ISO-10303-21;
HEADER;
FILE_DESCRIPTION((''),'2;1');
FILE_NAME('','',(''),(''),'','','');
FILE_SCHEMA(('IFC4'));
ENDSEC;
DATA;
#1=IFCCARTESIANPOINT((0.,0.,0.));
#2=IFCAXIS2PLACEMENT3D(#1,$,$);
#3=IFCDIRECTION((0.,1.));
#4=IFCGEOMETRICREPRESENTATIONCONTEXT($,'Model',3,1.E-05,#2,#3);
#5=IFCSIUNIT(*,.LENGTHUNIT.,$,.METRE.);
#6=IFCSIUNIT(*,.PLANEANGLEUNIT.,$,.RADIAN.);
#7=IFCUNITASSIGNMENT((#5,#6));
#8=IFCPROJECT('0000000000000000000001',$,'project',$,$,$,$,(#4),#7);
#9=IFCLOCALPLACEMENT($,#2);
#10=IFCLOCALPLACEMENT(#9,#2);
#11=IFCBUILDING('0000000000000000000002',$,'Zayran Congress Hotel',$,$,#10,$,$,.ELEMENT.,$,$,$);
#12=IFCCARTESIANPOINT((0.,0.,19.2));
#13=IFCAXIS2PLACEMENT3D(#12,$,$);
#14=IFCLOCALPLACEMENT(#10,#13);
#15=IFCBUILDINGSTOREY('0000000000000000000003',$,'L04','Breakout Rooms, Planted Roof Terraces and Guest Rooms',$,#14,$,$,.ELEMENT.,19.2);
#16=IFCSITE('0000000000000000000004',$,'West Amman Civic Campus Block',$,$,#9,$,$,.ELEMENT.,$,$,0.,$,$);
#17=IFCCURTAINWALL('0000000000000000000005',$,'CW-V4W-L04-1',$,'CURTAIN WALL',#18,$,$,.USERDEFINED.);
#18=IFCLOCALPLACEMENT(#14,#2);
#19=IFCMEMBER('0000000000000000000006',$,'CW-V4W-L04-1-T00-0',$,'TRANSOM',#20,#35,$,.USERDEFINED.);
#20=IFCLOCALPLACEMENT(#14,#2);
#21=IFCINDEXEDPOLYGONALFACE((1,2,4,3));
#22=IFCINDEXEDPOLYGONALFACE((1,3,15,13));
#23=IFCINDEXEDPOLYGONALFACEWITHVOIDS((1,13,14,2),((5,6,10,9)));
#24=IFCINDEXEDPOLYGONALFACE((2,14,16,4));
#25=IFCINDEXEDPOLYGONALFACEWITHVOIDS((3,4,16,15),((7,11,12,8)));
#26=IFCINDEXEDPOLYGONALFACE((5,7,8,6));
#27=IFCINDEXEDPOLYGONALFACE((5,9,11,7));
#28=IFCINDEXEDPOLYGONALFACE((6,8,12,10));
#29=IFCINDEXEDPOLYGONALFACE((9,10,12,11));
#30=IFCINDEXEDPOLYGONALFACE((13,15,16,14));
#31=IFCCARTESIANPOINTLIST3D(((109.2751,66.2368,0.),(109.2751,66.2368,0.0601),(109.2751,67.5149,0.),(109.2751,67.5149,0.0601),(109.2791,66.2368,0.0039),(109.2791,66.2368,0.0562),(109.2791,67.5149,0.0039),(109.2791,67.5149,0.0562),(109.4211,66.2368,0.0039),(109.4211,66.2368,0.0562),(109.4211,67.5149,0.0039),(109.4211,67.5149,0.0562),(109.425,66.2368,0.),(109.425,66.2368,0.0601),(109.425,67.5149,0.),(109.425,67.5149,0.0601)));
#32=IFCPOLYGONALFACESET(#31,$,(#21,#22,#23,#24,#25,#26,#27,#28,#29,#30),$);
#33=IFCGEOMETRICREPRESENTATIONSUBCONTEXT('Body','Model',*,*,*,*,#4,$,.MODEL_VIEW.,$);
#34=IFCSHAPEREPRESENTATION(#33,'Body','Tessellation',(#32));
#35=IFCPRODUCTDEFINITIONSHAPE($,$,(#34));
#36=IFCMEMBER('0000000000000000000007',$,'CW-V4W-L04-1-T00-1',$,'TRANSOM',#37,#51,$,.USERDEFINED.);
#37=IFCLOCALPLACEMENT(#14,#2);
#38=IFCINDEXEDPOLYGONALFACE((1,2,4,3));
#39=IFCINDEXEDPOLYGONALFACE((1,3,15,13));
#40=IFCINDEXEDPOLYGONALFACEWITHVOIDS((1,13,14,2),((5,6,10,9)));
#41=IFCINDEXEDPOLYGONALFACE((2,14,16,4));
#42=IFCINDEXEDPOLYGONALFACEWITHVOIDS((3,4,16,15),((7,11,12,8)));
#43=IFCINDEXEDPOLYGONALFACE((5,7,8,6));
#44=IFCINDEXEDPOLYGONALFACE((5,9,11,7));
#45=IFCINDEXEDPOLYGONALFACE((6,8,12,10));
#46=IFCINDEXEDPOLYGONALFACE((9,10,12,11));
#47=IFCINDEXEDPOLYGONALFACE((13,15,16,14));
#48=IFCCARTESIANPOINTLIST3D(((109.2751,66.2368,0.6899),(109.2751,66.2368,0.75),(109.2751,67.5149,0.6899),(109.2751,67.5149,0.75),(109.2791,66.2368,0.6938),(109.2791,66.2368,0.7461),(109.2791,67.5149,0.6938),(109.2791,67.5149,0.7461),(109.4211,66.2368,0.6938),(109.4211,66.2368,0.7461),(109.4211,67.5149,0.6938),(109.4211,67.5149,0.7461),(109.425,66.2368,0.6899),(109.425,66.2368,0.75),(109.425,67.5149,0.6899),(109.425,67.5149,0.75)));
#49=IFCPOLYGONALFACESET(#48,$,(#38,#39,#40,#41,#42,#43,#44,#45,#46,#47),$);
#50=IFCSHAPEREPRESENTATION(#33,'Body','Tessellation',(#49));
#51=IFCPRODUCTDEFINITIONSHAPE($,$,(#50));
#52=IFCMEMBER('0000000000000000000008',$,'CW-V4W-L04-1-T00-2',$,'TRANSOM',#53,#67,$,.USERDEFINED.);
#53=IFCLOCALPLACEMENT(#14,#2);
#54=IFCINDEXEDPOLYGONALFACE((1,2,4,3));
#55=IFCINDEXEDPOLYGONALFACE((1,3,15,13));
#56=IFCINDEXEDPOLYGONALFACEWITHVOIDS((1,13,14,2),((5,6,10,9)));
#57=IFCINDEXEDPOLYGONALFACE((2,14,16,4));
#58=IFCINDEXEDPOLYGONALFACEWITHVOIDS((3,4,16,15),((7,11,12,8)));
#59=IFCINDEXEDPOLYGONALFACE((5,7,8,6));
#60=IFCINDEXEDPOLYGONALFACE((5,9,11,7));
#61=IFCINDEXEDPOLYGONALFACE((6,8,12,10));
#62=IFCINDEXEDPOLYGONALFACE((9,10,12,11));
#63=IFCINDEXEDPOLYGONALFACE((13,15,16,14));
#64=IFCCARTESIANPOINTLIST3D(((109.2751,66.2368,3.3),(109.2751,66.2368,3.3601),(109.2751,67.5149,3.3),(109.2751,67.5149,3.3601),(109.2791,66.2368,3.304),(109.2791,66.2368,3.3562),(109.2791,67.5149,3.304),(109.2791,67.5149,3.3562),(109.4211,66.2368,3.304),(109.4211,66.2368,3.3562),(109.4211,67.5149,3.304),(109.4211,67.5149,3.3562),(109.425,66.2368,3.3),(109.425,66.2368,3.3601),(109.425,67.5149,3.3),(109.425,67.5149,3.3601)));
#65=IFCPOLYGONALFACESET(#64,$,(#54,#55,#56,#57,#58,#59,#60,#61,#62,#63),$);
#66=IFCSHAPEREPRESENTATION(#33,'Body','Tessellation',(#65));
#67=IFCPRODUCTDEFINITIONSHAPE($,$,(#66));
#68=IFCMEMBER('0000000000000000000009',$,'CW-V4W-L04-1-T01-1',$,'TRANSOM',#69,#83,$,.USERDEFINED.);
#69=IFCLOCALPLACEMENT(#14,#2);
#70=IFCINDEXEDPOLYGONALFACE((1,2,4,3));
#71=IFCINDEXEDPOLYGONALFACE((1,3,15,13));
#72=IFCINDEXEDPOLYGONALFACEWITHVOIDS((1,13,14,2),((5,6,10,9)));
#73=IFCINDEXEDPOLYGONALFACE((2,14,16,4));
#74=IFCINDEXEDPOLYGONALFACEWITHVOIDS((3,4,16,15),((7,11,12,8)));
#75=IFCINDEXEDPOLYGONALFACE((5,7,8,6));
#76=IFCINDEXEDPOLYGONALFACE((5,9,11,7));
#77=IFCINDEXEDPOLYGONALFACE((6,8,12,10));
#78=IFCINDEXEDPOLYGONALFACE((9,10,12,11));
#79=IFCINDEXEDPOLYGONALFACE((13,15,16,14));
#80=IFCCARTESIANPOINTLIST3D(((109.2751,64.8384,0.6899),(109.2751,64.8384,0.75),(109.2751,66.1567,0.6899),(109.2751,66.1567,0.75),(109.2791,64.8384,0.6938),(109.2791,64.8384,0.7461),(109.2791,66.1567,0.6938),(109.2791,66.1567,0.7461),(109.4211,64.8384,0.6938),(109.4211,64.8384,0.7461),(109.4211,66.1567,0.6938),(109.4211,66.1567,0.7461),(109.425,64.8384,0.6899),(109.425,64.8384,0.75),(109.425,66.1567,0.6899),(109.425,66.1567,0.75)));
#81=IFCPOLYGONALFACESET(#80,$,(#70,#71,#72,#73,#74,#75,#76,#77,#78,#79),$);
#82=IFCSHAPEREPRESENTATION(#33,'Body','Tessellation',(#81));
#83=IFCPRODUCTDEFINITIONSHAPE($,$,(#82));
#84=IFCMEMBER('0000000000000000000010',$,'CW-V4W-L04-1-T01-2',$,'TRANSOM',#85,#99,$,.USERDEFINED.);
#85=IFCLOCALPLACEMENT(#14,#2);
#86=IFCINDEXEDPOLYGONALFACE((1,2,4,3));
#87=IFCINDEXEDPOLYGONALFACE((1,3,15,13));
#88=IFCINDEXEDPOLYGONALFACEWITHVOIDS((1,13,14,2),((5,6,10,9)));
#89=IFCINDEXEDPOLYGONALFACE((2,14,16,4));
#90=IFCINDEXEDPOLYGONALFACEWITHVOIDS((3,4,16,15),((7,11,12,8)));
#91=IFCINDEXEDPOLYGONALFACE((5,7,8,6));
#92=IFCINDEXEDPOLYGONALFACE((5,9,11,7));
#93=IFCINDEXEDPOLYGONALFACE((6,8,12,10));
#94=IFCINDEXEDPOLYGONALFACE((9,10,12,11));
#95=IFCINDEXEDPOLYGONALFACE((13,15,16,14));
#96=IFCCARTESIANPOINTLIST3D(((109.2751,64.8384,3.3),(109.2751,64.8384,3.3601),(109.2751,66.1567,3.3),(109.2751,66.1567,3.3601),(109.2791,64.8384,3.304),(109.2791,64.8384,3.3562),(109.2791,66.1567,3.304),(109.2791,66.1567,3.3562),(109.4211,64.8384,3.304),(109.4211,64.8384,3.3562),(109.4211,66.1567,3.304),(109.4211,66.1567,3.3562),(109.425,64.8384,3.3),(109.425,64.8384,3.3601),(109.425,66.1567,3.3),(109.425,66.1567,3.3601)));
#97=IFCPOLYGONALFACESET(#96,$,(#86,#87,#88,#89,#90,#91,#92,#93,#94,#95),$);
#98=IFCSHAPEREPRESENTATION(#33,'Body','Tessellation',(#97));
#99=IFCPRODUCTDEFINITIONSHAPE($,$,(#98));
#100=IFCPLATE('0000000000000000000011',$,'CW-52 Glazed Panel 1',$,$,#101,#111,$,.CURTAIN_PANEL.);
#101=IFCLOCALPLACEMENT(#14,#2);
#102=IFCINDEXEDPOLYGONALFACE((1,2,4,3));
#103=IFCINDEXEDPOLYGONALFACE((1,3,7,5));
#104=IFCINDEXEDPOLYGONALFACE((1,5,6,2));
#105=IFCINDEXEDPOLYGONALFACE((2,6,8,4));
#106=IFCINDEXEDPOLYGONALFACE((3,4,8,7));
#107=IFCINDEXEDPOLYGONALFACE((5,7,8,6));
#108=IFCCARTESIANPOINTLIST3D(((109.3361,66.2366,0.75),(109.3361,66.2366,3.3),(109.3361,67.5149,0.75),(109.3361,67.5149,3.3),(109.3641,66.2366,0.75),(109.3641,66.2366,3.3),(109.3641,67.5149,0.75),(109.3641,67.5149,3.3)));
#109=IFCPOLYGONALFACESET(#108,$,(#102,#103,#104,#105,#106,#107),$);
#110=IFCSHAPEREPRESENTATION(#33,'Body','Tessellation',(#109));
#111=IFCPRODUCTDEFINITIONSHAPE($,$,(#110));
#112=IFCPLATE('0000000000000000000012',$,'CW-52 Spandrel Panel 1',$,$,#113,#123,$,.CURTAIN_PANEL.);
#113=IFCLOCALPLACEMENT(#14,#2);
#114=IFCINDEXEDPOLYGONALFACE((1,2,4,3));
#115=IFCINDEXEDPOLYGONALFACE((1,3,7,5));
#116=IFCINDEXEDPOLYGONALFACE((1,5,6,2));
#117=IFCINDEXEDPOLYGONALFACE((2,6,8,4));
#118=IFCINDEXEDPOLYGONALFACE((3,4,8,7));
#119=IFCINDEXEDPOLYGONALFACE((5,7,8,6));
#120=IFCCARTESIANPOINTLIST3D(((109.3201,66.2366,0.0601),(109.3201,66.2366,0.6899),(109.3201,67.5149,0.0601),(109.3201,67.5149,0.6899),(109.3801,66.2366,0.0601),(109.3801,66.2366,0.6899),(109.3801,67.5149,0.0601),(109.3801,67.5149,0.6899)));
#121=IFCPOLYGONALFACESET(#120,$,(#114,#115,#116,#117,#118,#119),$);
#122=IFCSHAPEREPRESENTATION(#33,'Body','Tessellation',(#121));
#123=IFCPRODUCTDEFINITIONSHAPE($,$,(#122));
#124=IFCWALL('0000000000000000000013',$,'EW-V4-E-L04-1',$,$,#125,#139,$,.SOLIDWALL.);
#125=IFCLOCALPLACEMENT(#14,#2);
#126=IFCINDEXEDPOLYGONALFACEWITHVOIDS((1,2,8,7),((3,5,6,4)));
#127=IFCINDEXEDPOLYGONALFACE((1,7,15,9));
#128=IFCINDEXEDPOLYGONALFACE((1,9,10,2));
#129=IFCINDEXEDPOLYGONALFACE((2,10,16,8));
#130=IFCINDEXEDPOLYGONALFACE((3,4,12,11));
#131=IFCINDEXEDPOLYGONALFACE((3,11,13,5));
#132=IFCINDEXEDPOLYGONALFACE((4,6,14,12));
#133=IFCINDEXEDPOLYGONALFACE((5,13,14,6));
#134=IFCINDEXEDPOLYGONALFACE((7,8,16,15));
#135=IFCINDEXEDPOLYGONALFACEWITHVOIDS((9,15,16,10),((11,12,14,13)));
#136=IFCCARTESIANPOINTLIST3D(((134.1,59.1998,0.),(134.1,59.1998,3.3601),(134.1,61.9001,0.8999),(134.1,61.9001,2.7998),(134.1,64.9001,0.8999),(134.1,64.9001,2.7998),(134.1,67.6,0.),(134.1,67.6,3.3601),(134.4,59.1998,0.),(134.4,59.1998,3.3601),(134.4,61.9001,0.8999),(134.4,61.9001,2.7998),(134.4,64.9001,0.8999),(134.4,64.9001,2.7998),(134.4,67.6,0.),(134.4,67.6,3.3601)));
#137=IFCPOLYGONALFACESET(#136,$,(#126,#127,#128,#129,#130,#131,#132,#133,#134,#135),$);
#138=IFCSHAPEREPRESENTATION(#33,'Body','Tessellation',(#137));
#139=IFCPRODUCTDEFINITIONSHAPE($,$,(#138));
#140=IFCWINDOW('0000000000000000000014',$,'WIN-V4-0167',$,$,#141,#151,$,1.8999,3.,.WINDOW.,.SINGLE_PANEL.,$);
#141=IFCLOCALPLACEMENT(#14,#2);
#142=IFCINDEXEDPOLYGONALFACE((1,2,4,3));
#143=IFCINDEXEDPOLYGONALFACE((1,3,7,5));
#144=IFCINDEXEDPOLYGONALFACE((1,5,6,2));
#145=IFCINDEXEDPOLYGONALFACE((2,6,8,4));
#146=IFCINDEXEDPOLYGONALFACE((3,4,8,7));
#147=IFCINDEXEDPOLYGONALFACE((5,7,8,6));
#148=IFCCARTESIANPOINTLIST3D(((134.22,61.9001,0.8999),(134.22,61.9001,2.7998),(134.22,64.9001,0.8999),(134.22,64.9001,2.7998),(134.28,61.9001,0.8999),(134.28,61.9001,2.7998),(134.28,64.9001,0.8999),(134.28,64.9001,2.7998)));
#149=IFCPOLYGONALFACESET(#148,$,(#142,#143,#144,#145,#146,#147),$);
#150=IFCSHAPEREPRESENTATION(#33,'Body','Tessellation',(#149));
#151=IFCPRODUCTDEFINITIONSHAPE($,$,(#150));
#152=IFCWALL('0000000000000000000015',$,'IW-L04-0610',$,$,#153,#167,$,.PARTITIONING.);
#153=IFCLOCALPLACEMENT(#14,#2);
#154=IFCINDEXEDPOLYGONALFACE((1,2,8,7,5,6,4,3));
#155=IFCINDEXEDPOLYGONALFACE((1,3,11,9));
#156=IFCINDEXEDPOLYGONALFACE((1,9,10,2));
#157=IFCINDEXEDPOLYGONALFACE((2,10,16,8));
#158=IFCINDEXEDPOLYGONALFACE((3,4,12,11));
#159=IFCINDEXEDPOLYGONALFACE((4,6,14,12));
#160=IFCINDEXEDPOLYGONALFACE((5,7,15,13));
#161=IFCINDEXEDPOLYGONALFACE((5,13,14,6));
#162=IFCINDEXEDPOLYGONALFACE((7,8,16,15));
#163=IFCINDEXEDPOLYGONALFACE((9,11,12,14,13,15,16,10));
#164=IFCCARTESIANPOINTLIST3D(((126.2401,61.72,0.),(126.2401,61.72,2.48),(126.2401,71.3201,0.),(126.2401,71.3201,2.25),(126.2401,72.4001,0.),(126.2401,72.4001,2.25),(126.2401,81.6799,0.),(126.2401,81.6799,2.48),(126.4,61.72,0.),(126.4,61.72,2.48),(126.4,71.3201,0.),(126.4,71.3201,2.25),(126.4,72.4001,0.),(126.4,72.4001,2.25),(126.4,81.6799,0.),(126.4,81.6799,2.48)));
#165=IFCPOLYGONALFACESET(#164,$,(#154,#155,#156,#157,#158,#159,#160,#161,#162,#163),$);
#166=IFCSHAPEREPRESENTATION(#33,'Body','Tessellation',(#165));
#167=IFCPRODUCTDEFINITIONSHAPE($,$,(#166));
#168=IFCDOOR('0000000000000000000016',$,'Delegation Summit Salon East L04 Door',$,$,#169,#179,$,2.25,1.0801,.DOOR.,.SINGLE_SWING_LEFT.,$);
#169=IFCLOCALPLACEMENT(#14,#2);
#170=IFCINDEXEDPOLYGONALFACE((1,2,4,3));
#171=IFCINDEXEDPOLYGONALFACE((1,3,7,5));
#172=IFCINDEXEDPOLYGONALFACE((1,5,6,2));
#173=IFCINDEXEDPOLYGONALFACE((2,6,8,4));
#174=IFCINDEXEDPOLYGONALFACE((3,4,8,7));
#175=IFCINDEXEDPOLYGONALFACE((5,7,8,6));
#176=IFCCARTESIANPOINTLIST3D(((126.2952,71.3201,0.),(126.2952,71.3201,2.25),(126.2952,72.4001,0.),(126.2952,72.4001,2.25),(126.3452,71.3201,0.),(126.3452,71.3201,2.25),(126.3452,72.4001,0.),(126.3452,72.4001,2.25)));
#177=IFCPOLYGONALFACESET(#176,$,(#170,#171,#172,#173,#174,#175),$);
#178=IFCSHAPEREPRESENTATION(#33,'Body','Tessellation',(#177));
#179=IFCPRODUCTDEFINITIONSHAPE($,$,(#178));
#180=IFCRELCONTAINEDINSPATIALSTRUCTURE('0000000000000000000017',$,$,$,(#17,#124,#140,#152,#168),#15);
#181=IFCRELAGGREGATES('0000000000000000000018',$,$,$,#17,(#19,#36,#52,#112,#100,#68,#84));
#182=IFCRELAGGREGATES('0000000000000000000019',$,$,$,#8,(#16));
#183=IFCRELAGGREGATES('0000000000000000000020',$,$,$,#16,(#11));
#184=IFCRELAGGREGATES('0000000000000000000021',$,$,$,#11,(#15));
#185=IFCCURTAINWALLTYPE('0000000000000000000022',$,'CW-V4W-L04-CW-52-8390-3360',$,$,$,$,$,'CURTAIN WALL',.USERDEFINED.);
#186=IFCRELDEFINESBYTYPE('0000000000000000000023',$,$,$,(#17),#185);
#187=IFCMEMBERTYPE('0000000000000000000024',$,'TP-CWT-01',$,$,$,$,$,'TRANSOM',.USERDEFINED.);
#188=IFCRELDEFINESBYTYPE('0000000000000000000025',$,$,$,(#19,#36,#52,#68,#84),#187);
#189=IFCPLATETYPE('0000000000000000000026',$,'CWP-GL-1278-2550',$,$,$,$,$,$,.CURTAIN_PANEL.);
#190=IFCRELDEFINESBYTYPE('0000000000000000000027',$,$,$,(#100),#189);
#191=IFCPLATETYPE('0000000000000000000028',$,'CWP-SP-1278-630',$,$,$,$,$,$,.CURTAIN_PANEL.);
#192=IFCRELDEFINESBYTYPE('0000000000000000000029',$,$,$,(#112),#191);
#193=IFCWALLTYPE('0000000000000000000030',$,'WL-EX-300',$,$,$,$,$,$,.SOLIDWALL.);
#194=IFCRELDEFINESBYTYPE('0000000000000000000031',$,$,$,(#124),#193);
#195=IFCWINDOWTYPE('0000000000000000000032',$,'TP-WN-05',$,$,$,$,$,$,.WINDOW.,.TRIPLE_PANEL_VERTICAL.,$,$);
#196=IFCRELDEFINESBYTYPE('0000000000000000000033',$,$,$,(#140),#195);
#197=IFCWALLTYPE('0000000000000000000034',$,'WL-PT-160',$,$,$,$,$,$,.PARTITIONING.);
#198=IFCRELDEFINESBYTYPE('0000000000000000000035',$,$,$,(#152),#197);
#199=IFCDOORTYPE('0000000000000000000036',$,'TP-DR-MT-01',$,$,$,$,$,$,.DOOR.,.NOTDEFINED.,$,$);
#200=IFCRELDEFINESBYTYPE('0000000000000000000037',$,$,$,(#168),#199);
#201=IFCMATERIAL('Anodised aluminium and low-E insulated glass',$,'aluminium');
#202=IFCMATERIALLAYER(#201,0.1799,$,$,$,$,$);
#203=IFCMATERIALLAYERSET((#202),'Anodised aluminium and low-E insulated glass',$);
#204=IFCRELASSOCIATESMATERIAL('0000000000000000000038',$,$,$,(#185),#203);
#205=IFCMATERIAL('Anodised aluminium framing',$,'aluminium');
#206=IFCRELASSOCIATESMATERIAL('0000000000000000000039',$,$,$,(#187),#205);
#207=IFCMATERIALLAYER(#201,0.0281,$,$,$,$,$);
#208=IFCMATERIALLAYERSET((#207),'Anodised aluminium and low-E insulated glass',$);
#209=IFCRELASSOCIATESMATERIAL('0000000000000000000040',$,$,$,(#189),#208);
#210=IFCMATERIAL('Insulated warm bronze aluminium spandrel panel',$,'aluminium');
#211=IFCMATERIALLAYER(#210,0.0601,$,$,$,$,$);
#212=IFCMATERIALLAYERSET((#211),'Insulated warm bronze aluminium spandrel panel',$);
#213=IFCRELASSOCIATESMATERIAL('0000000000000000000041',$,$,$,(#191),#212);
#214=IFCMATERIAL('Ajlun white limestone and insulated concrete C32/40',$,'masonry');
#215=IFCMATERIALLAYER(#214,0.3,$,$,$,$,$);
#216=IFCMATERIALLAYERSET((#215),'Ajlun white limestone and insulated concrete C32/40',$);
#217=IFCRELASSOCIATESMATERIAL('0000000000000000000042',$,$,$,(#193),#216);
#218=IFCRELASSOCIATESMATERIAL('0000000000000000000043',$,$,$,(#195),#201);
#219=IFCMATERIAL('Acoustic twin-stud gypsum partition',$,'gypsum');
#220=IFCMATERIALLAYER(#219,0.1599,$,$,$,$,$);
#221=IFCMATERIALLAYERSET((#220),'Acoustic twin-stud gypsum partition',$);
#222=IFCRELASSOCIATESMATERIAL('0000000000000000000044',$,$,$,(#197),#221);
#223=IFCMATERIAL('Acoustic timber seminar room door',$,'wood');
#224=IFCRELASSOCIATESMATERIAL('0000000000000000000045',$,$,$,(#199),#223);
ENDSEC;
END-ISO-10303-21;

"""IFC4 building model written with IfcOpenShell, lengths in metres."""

from ifc_helpers import new_model, si_unit, direction, frame, frame_2d, origin, origin_2d, place, context, subcontext, project, spatial, rectangle, hollow_rectangle, extrude, material, layer, layer_set, material_profile, profile_set, type_object, element, fill, aggregate, save


model = new_model("IFC4")

# Units and contexts
model_context = context("Model", 3, precision=1e-05, world=origin(), true_north=direction((0.0, 1.0)))
body_context = subcontext(model_context, "Body", "Model", "MODEL_VIEW")
ifc_project = project(units=[si_unit("LENGTHUNIT", "METRE"), si_unit("PLANEANGLEUNIT", "RADIAN")], contexts=[model_context])

# Site, building, storey
site_placement = place(None, origin())
site = spatial("IfcSite", under=ifc_project, at=site_placement, Name="West Amman Civic Campus Block", CompositionType="ELEMENT", RefElevation=0.0)
building_placement = place(site_placement, origin())
building = spatial("IfcBuilding", under=site, at=building_placement, Name="Zayran Congress Hotel", CompositionType="ELEMENT")
storey_placement = place(building_placement, frame((0.0, 0.0, 19.2)))
storey = spatial("IfcBuildingStorey", under=building, at=storey_placement, Name="L04", Description="Breakout Rooms, Planted Roof Terraces and Guest Rooms", CompositionType="ELEMENT", Elevation=19.2)

# Curtain wall
ifc_material_1 = material(Name="Anodised aluminium and low-E insulated glass", Category="aluminium")
ifc_layer_1 = layer(ifc_material_1, 0.1799)
ifc_layer_set_1 = layer_set([ifc_layer_1], Name="Anodised aluminium and low-E insulated glass")
curtain_wall_type_1 = type_object("IfcCurtainWallType", Name="CW-V4W-L04-CW-52-8390-3360", ElementType="CURTAIN WALL", PredefinedType="USERDEFINED", material=ifc_layer_set_1)
curtain_wall_1_placement = place(storey_placement, origin())
curtain_wall_1 = element("IfcCurtainWall", 1, at=curtain_wall_1_placement, inside=storey, type_object=curtain_wall_type_1, Name="CW-V4W-L04-1", ObjectType="CURTAIN WALL", PredefinedType="USERDEFINED")
ifc_material_2 = material(Name="Anodised aluminium framing", Category="aluminium")

# Members
ifc_material_profile_1 = material_profile(ifc_material_2, hollow_rectangle(XDim=0.0601, YDim=0.1499, WallThickness=0.0039, at=origin_2d()), Name="RHS 150x60x4")
ifc_profile_set_1 = profile_set([ifc_material_profile_1], Name="Anodised aluminium framing")
member_type_1 = type_object("IfcMemberType", Name="TP-CWT-01", ElementType="TRANSOM", PredefinedType="USERDEFINED", material=ifc_profile_set_1)
member_1_placement = place(storey_placement, frame((109.3501, 67.5149, 0.03), z_axis=(0.0, -1.0, 0.0), x_axis=(0.0, 0.0, 1.0)))
member_1 = element("IfcMember", 2, at=member_1_placement, type_object=member_type_1, Name="CW-V4W-L04-1-T00-0", ObjectType="TRANSOM", PredefinedType="USERDEFINED", context=body_context, shape_type="SweptSolid", body=[
    extrude(hollow_rectangle(XDim=0.0601, YDim=0.1499, WallThickness=0.0039, at=origin_2d()), origin(), (0.0, 0.0, 1.0), 1.2781),
])
member_2_placement = place(storey_placement, frame((109.3501, 67.5149, 0.72), z_axis=(0.0, -1.0, 0.0), x_axis=(0.0, 0.0, 1.0)))
member_2 = element("IfcMember", 3, at=member_2_placement, type_object=member_type_1, Name="CW-V4W-L04-1-T00-1", ObjectType="TRANSOM", PredefinedType="USERDEFINED", context=body_context, shape_type="SweptSolid", body=[
    extrude(hollow_rectangle(XDim=0.0601, YDim=0.1499, WallThickness=0.0039, at=origin_2d()), origin(), (0.0, 0.0, 1.0), 1.2781),
])
member_3_placement = place(storey_placement, frame((109.3501, 67.5149, 3.3301), z_axis=(0.0, -1.0, 0.0), x_axis=(0.0, 0.0, 1.0)))
member_3 = element("IfcMember", 4, at=member_3_placement, type_object=member_type_1, Name="CW-V4W-L04-1-T00-2", ObjectType="TRANSOM", PredefinedType="USERDEFINED", context=body_context, shape_type="SweptSolid", body=[
    extrude(hollow_rectangle(XDim=0.0601, YDim=0.1499, WallThickness=0.0039, at=origin_2d()), origin(), (0.0, 0.0, 1.0), 1.2781),
])
member_4_placement = place(storey_placement, frame((109.3501, 66.1567, 0.72), z_axis=(0.0, -1.0, 0.0), x_axis=(0.0, 0.0, 1.0)))
member_4 = element("IfcMember", 5, at=member_4_placement, type_object=member_type_1, Name="CW-V4W-L04-1-T01-1", ObjectType="TRANSOM", PredefinedType="USERDEFINED", context=body_context, shape_type="SweptSolid", body=[
    extrude(hollow_rectangle(XDim=0.0601, YDim=0.1499, WallThickness=0.0039, at=origin_2d()), origin(), (0.0, 0.0, 1.0), 1.3184),
])
member_5_placement = place(storey_placement, frame((109.3501, 66.1567, 3.3301), z_axis=(0.0, -1.0, 0.0), x_axis=(0.0, 0.0, 1.0)))
member_5 = element("IfcMember", 6, at=member_5_placement, type_object=member_type_1, Name="CW-V4W-L04-1-T01-2", ObjectType="TRANSOM", PredefinedType="USERDEFINED", context=body_context, shape_type="SweptSolid", body=[
    extrude(hollow_rectangle(XDim=0.0601, YDim=0.1499, WallThickness=0.0039, at=origin_2d()), origin(), (0.0, 0.0, 1.0), 1.3184),
])

# Plates
ifc_layer_2 = layer(ifc_material_1, 0.0281)
ifc_layer_set_2 = layer_set([ifc_layer_2], Name="Anodised aluminium and low-E insulated glass")
plate_type_1 = type_object("IfcPlateType", Name="CWP-GL-1278-2550", PredefinedType="CURTAIN_PANEL", material=ifc_layer_set_2)
plate_1_placement = place(storey_placement, frame((109.3501, 66.8757, 0.75), z_axis=(0.0, 0.0, 1.0), x_axis=(0.0, 1.0, 0.0)))
plate_1 = element("IfcPlate", 7, at=plate_1_placement, type_object=plate_type_1, Name="CW-52 Glazed Panel 1", PredefinedType="CURTAIN_PANEL", context=body_context, shape_type="SweptSolid", body=[
    extrude(rectangle(XDim=1.2783, YDim=0.0281, at=origin_2d()), origin(), (0.0, 0.0, 1.0), 2.55),
])
ifc_material_3 = material(Name="Insulated warm bronze aluminium spandrel panel", Category="aluminium")
ifc_layer_3 = layer(ifc_material_3, 0.0601)
ifc_layer_set_3 = layer_set([ifc_layer_3], Name="Insulated warm bronze aluminium spandrel panel")
plate_type_2 = type_object("IfcPlateType", Name="CWP-SP-1278-630", PredefinedType="CURTAIN_PANEL", material=ifc_layer_set_3)
plate_2_placement = place(storey_placement, frame((109.3501, 66.8757, 0.0601), z_axis=(0.0, 0.0, 1.0), x_axis=(0.0, 1.0, 0.0)))
plate_2 = element("IfcPlate", 8, at=plate_2_placement, type_object=plate_type_2, Name="CW-52 Spandrel Panel 1", PredefinedType="CURTAIN_PANEL", context=body_context, shape_type="SweptSolid", body=[
    extrude(rectangle(XDim=1.2783, YDim=0.0601, at=origin_2d()), origin(), (0.0, 0.0, 1.0), 0.6299),
])
aggregate(curtain_wall_1, [member_1, member_2, member_3, plate_2, plate_1, member_4, member_5])

# Wall, opening, window
ifc_material_4 = material(Name="Ajlun white limestone and insulated concrete C32/40", Category="masonry")
ifc_layer_4 = layer(ifc_material_4, 0.3)
ifc_layer_set_4 = layer_set([ifc_layer_4], Name="Ajlun white limestone and insulated concrete C32/40")
wall_type_1 = type_object("IfcWallType", Name="WL-EX-300", PredefinedType="SOLIDWALL", material=ifc_layer_set_4)
wall_1_placement = place(storey_placement, frame((134.25, 67.6001, 0.0), z_axis=(0.0, 0.0, 1.0), x_axis=(0.0, -1.0, 0.0)))
wall_1 = element("IfcWall", 9, at=wall_1_placement, inside=storey, type_object=wall_type_1, Name="EW-V4-E-L04-1", PredefinedType="SOLIDWALL", context=body_context, shape_type="SweptSolid", body=[
    extrude(rectangle(XDim=8.4001, YDim=0.3, at=frame_2d((4.2002, 0.0))), origin(), (0.0, 0.0, 1.0), 3.3601),
])
opening_1_placement = place(wall_1_placement, frame((2.7, 0.0, 0.8999)))
opening_1 = element("IfcOpeningElement", 10, at=opening_1_placement, cuts=wall_1, PredefinedType="OPENING", context=body_context, shape_type="SweptSolid", body=[
    extrude(rectangle(XDim=3.0, YDim=1.8999, at=frame_2d((1.5, 0.95))), frame((0.0, 0.1599, 0.0), z_axis=(0.0, -1.0, 0.0), x_axis=(1.0, 0.0, 0.0)), (0.0, 0.0, 1.0), 0.3201),
])
window_type = type_object("IfcWindowType", Name="TP-WN-05", PartitioningType="TRIPLE_PANEL_VERTICAL", PredefinedType="WINDOW", material=ifc_material_1)
window_placement = place(opening_1_placement, origin())
window = element("IfcWindow", 11, at=window_placement, inside=storey, type_object=window_type, Name="WIN-V4-0167", OverallHeight=1.8999, OverallWidth=3.0, PartitioningType="SINGLE_PANEL", PredefinedType="WINDOW", context=body_context, shape_type="SweptSolid", body=[
    extrude(rectangle(XDim=3.0, YDim=1.8999, at=frame_2d((1.5, 0.95))), frame((0.0, 0.03, 0.0), z_axis=(0.0, -1.0, 0.0), x_axis=(1.0, 0.0, 0.0)), (0.0, 0.0, 1.0), 0.0601),
])
fill(opening_1, window)

# Wall, opening, door
ifc_material_5 = material(Name="Acoustic twin-stud gypsum partition", Category="gypsum")
ifc_layer_5 = layer(ifc_material_5, 0.1599)
ifc_layer_set_5 = layer_set([ifc_layer_5], Name="Acoustic twin-stud gypsum partition")
wall_type_2 = type_object("IfcWallType", Name="WL-PT-160", PredefinedType="PARTITIONING", material=ifc_layer_set_5)
wall_2_placement = place(storey_placement, frame((126.3201, 61.72, 0.0), z_axis=(0.0, 0.0, 1.0), x_axis=(0.0, 1.0, 0.0)))
wall_2 = element("IfcWall", 12, at=wall_2_placement, inside=storey, type_object=wall_type_2, Name="IW-L04-0610", PredefinedType="PARTITIONING", context=body_context, shape_type="SweptSolid", body=[
    extrude(rectangle(XDim=19.96, YDim=0.1599, at=frame_2d((9.98, 0.0))), origin(), (0.0, 0.0, 1.0), 2.48),
])
opening_2_placement = place(wall_2_placement, frame((9.6001, 0.0, 0.0)))
opening_2 = element("IfcOpeningElement", 13, at=opening_2_placement, cuts=wall_2, PredefinedType="OPENING", context=body_context, shape_type="SweptSolid", body=[
    extrude(rectangle(XDim=1.0801, YDim=2.25, at=frame_2d((0.54, 1.125))), frame((0.0, 0.0898, 0.0), z_axis=(0.0, -1.0, 0.0), x_axis=(1.0, 0.0, 0.0)), (0.0, 0.0, 1.0), 0.1799),
])
ifc_material_6 = material(Name="Acoustic timber seminar room door", Category="wood")
door_type = type_object("IfcDoorType", Name="TP-DR-MT-01", OperationType="NOTDEFINED", PredefinedType="DOOR", material=ifc_material_6)
door_placement = place(opening_2_placement, origin())
door = element("IfcDoor", 14, at=door_placement, inside=storey, type_object=door_type, Name="Delegation Summit Salon East L04 Door", OperationType="SINGLE_SWING_LEFT", OverallHeight=2.25, OverallWidth=1.0801, PredefinedType="DOOR", context=body_context, shape_type="SweptSolid", body=[
    extrude(rectangle(XDim=1.0801, YDim=2.25, at=frame_2d((0.54, 1.125))), frame((0.0, 0.0249, 0.0), z_axis=(0.0, -1.0, 0.0), x_axis=(1.0, 0.0, 0.0)), (0.0, 0.0, 1.0), 0.05),
])
fill(opening_2, door)

save(model, "model.ifc")
